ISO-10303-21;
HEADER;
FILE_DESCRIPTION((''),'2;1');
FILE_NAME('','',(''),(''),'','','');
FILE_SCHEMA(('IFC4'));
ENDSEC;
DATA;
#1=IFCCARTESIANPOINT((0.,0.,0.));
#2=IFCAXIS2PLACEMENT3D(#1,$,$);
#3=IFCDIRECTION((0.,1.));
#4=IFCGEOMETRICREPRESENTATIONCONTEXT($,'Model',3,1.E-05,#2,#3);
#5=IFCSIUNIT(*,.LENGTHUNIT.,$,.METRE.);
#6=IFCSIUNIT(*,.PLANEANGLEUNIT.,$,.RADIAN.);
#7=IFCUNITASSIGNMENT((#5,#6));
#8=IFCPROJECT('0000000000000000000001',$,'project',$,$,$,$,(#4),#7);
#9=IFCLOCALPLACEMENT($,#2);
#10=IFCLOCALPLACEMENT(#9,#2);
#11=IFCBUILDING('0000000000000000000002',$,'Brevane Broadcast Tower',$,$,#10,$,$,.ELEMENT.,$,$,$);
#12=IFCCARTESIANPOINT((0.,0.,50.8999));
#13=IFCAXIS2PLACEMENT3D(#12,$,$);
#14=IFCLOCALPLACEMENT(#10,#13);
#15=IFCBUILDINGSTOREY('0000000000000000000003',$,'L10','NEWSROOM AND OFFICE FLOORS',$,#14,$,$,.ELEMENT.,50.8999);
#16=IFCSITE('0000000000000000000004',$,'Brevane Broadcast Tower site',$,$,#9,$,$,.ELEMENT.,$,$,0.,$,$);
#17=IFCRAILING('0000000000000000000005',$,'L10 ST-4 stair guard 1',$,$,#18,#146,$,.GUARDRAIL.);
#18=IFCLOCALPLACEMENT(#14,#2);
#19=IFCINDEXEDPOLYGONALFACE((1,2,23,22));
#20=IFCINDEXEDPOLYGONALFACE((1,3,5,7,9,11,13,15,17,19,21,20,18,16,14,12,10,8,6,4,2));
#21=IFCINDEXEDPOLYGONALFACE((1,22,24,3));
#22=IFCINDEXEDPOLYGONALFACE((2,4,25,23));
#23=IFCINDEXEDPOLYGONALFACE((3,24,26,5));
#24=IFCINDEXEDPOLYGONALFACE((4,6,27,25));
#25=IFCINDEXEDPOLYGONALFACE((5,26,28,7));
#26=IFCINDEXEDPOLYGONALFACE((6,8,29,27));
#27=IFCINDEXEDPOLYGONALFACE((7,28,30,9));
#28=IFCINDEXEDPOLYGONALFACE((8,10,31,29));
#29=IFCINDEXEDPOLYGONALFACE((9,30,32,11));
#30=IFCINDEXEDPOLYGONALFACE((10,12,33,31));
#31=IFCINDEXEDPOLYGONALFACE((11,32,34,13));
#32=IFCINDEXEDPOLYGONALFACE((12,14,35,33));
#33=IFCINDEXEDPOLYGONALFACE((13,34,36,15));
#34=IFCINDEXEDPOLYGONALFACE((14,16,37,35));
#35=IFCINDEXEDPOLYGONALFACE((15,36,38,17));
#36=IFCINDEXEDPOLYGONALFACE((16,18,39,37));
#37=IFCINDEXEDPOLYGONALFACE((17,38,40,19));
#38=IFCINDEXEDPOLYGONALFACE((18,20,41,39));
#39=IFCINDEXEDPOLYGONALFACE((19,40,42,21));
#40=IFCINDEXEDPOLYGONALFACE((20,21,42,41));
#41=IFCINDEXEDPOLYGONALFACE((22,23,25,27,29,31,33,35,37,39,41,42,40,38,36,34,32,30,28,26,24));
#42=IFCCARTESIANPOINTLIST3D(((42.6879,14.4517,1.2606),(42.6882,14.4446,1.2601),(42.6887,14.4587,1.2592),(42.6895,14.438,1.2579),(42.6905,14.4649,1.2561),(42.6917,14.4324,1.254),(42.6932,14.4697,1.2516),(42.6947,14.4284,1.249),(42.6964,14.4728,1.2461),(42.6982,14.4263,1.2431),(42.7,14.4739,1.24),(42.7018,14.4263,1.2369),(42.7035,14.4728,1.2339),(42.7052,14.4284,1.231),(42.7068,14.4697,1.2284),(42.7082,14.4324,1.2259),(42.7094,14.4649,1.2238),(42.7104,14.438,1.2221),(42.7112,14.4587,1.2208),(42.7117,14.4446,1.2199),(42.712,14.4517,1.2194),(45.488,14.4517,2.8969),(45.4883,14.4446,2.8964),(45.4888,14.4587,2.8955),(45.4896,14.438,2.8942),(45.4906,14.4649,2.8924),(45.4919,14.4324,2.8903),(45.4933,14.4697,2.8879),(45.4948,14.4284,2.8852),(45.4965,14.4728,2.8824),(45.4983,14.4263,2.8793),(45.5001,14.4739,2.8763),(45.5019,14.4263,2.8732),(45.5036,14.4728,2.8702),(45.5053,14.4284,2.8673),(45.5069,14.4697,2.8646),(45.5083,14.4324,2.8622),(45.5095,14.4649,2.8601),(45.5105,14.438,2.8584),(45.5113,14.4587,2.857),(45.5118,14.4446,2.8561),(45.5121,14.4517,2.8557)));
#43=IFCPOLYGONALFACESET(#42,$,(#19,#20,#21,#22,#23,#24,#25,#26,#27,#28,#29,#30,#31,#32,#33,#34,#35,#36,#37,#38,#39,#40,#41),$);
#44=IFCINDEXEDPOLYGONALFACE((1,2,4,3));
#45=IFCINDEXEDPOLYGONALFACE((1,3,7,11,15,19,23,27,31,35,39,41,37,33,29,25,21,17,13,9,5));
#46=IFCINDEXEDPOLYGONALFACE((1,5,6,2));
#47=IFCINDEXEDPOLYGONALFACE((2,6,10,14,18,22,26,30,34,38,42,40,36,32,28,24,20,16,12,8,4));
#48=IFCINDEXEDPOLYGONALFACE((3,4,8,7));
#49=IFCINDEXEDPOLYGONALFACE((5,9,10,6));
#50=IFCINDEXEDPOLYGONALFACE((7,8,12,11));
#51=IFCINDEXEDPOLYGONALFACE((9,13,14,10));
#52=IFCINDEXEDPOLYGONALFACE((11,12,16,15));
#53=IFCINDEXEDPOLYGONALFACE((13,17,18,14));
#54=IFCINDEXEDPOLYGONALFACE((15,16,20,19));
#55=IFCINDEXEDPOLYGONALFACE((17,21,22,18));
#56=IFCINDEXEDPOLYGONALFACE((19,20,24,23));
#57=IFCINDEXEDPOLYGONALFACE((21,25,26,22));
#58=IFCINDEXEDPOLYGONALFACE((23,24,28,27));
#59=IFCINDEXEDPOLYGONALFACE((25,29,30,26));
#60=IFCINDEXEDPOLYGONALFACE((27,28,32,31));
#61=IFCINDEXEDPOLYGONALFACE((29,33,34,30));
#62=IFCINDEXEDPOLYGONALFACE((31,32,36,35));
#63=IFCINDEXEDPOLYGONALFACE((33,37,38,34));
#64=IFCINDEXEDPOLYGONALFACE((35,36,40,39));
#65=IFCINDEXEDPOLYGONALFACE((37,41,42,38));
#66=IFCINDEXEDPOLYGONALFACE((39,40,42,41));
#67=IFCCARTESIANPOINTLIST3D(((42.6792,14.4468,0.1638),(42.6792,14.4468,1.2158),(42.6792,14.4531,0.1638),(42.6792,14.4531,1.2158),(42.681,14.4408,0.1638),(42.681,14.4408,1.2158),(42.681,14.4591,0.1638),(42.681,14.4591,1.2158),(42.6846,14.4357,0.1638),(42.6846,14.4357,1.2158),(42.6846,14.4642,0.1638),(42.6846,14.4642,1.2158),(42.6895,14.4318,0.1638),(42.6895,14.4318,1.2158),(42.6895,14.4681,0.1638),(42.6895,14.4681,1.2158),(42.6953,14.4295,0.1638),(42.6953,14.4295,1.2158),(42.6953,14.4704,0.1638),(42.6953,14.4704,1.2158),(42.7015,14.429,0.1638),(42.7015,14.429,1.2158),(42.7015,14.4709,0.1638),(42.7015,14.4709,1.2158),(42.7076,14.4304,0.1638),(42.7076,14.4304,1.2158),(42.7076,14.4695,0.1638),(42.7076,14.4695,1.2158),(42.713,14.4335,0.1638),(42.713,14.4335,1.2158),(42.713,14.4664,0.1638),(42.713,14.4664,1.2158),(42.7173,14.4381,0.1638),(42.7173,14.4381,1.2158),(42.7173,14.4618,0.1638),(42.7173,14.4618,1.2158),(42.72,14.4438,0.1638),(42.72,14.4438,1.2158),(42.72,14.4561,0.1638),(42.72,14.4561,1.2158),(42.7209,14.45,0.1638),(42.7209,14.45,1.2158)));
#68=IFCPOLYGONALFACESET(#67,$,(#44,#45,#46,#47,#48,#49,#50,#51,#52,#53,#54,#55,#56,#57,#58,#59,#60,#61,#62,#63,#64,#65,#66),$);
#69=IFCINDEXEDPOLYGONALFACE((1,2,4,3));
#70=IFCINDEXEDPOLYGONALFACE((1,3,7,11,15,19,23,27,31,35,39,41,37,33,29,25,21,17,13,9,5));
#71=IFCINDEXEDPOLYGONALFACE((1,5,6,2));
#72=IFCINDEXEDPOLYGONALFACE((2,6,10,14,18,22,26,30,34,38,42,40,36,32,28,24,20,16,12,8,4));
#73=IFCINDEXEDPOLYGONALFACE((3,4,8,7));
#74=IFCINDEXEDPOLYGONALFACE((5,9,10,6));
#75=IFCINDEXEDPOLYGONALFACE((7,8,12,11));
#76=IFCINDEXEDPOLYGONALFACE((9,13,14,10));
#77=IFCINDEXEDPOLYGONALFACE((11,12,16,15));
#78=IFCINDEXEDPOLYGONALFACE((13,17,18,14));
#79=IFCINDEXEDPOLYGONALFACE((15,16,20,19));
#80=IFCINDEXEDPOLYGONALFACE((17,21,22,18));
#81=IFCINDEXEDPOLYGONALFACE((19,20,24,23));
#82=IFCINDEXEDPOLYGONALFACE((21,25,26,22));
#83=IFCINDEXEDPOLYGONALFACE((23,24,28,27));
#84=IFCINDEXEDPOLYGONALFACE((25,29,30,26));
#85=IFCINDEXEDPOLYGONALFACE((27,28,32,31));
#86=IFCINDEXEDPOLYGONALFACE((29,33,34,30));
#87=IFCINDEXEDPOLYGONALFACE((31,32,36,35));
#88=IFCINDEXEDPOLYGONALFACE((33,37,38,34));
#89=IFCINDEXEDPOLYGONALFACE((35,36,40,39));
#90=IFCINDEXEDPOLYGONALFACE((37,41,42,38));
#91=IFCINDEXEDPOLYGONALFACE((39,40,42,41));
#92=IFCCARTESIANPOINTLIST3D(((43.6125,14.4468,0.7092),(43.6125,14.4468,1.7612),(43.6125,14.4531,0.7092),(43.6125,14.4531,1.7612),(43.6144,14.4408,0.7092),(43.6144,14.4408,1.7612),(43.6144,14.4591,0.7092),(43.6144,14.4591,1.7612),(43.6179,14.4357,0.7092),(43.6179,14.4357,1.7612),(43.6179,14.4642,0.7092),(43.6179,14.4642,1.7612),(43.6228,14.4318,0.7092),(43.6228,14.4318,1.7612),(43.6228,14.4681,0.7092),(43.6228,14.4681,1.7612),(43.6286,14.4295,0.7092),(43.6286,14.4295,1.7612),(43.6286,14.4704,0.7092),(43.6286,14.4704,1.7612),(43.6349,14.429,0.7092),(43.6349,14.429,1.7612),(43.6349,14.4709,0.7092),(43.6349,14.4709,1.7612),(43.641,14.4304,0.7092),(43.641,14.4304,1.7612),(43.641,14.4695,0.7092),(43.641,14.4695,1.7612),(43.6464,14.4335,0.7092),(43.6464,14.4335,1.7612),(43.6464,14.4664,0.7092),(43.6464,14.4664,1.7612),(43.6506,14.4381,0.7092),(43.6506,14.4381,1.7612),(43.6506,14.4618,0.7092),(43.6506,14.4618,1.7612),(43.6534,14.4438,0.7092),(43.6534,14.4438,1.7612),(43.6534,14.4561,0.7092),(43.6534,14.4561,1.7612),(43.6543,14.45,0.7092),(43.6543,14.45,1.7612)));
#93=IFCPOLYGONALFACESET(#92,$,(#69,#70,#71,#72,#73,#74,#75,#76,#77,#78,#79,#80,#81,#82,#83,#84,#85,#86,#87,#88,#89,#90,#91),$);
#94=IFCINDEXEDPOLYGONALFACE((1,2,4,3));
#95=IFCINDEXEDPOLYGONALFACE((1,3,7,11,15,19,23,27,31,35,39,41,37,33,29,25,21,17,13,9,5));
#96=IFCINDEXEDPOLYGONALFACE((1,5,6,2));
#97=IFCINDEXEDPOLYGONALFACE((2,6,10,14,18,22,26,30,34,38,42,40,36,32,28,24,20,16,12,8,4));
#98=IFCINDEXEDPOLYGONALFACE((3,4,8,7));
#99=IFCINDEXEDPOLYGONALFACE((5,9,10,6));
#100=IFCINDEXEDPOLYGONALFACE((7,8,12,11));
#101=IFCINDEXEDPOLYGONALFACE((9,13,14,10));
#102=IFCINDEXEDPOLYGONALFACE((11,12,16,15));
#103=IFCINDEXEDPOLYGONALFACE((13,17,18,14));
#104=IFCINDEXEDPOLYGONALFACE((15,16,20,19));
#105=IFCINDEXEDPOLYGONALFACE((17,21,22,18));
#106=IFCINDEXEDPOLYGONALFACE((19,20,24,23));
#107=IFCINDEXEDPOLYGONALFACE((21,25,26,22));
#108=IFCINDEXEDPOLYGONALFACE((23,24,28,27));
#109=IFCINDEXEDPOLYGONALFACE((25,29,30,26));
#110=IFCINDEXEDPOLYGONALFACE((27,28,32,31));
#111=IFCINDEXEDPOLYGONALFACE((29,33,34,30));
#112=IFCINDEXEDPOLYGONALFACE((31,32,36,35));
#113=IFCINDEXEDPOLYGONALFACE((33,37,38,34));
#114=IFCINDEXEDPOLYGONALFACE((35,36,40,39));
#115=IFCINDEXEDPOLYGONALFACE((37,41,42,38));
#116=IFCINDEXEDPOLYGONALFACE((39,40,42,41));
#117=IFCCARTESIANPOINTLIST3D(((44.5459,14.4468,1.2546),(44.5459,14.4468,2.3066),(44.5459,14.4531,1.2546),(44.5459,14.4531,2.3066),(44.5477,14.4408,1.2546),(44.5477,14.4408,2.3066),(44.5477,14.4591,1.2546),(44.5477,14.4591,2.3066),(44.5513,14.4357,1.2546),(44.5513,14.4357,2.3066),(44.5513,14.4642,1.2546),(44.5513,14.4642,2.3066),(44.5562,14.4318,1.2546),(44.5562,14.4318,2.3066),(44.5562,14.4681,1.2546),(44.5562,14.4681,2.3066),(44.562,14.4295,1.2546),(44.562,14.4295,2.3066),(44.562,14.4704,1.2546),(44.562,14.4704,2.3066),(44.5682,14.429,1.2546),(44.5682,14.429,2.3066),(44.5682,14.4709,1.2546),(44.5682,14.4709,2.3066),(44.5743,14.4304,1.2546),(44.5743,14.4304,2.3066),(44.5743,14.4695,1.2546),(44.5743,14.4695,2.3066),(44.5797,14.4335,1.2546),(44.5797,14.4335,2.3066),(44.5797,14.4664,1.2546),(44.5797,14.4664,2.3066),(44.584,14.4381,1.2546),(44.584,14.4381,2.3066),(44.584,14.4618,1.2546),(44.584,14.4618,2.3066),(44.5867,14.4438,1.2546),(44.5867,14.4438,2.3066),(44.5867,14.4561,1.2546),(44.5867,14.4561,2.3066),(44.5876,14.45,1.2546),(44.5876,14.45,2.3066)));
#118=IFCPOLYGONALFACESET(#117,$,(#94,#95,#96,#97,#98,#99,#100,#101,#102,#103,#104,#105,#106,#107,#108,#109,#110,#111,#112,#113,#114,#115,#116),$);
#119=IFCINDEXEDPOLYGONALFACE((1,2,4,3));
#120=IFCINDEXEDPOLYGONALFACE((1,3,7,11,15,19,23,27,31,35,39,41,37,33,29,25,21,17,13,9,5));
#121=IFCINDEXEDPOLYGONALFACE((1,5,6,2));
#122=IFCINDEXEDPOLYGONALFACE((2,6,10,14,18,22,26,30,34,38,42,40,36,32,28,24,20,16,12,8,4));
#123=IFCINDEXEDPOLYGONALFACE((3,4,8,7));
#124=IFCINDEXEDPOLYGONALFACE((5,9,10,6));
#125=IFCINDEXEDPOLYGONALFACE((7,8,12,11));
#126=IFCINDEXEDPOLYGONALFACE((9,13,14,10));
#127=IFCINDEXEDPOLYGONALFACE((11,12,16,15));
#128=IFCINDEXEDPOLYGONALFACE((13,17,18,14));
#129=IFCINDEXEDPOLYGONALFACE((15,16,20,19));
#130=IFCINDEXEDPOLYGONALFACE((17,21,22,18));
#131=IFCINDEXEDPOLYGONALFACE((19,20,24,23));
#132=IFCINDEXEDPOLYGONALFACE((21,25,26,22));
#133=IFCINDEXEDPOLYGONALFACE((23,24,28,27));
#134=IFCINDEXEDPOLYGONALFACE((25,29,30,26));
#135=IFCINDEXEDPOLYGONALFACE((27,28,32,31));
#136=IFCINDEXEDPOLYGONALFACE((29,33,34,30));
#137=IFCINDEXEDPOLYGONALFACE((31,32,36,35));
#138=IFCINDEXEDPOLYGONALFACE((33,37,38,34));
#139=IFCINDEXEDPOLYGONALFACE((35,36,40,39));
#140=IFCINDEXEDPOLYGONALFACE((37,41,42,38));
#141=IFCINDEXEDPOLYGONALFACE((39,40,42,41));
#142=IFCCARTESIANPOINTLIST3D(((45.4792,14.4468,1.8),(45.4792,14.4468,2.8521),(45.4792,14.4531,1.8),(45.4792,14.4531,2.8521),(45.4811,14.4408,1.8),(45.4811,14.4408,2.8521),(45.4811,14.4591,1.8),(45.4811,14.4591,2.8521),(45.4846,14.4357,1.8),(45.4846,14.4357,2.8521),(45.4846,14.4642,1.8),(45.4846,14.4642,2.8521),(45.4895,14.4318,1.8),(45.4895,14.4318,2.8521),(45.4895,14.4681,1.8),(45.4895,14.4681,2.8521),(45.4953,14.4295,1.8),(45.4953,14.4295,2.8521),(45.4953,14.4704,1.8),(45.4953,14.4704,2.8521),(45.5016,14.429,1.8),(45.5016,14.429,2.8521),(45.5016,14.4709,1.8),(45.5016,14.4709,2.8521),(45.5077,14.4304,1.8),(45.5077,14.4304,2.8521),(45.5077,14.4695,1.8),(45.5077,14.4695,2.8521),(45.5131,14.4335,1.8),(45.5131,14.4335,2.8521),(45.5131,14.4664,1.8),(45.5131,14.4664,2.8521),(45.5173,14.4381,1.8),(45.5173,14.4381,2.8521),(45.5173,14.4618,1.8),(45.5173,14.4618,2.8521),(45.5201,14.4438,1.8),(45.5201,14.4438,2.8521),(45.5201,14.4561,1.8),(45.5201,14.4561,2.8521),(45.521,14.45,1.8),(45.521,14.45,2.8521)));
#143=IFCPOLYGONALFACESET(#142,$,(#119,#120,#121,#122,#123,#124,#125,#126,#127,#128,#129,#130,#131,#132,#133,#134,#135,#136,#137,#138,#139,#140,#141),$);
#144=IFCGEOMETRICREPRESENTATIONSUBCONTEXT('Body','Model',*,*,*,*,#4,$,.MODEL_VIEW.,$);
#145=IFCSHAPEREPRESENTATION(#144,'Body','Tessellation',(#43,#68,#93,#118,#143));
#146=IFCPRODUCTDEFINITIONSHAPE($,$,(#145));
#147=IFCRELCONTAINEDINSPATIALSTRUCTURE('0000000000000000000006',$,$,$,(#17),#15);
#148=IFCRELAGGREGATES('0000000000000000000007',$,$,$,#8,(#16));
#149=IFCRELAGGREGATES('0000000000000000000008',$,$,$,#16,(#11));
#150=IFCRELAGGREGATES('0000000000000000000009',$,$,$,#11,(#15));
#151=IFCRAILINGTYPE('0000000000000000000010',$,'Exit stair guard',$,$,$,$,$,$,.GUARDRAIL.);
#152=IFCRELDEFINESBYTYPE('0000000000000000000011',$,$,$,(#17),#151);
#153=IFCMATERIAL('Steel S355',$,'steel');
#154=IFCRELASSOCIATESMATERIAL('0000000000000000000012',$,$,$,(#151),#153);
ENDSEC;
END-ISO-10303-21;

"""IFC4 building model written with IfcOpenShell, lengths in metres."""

from ifc_helpers import new_model, si_unit, direction, frame, origin, origin_2d, place, context, subcontext, project, spatial, circle, extrude, material, type_object, element, save


model = new_model("IFC4")

# Units and contexts
model_context = context("Model", 3, precision=1e-05, world=origin(), true_north=direction((0.0, 1.0)))
body_context = subcontext(model_context, "Body", "Model", "MODEL_VIEW")
ifc_project = project(units=[si_unit("LENGTHUNIT", "METRE"), si_unit("PLANEANGLEUNIT", "RADIAN")], contexts=[model_context])

# Site, building, storey
site_placement = place(None, origin())
site = spatial("IfcSite", under=ifc_project, at=site_placement, Name="Brevane Broadcast Tower site", CompositionType="ELEMENT", RefElevation=0.0)
building_placement = place(site_placement, origin())
building = spatial("IfcBuilding", under=site, at=building_placement, Name="Brevane Broadcast Tower", CompositionType="ELEMENT")
storey_placement = place(building_placement, frame((0.0, 0.0, 50.8999)))
storey = spatial("IfcBuildingStorey", under=building, at=storey_placement, Name="L10", Description="NEWSROOM AND OFFICE FLOORS", CompositionType="ELEMENT", Elevation=50.8999)

# Railing
ifc_material_1 = material(Name="Steel S355", Category="steel")
railing_type_1 = type_object("IfcRailingType", Name="Exit stair guard", PredefinedType="GUARDRAIL", material=ifc_material_1)
railing_1_placement = place(storey_placement, frame((42.7, 14.45, 0.1638)))
element("IfcRailing", 1, at=railing_1_placement, inside=storey, type_object=railing_type_1, Name="L10 ST-4 stair guard 1", PredefinedType="GUARDRAIL", context=body_context, shape_type="SweptSolid", body=[
    extrude(circle(Radius=0.0239, at=origin_2d()), frame((0.0, 0.0, 1.0762), z_axis=(0.863394, 0.0, 0.504531), x_axis=(0.0, 1.0, 0.0)), (0.0, 0.0, 1.0), 3.2432),
    extrude(circle(Radius=0.021, at=origin_2d()), origin(), (0.0, 0.0, 1.0), 1.052),
    extrude(circle(Radius=0.021, at=origin_2d()), frame((0.9333, 0.0, 0.5454)), (0.0, 0.0, 1.0), 1.052),
    extrude(circle(Radius=0.021, at=origin_2d()), frame((1.8667, 0.0, 1.0908)), (0.0, 0.0, 1.0), 1.052),
    extrude(circle(Radius=0.021, at=origin_2d()), frame((2.8, 0.0, 1.6362)), (0.0, 0.0, 1.0), 1.052),
])

save(model, "model.ifc")
